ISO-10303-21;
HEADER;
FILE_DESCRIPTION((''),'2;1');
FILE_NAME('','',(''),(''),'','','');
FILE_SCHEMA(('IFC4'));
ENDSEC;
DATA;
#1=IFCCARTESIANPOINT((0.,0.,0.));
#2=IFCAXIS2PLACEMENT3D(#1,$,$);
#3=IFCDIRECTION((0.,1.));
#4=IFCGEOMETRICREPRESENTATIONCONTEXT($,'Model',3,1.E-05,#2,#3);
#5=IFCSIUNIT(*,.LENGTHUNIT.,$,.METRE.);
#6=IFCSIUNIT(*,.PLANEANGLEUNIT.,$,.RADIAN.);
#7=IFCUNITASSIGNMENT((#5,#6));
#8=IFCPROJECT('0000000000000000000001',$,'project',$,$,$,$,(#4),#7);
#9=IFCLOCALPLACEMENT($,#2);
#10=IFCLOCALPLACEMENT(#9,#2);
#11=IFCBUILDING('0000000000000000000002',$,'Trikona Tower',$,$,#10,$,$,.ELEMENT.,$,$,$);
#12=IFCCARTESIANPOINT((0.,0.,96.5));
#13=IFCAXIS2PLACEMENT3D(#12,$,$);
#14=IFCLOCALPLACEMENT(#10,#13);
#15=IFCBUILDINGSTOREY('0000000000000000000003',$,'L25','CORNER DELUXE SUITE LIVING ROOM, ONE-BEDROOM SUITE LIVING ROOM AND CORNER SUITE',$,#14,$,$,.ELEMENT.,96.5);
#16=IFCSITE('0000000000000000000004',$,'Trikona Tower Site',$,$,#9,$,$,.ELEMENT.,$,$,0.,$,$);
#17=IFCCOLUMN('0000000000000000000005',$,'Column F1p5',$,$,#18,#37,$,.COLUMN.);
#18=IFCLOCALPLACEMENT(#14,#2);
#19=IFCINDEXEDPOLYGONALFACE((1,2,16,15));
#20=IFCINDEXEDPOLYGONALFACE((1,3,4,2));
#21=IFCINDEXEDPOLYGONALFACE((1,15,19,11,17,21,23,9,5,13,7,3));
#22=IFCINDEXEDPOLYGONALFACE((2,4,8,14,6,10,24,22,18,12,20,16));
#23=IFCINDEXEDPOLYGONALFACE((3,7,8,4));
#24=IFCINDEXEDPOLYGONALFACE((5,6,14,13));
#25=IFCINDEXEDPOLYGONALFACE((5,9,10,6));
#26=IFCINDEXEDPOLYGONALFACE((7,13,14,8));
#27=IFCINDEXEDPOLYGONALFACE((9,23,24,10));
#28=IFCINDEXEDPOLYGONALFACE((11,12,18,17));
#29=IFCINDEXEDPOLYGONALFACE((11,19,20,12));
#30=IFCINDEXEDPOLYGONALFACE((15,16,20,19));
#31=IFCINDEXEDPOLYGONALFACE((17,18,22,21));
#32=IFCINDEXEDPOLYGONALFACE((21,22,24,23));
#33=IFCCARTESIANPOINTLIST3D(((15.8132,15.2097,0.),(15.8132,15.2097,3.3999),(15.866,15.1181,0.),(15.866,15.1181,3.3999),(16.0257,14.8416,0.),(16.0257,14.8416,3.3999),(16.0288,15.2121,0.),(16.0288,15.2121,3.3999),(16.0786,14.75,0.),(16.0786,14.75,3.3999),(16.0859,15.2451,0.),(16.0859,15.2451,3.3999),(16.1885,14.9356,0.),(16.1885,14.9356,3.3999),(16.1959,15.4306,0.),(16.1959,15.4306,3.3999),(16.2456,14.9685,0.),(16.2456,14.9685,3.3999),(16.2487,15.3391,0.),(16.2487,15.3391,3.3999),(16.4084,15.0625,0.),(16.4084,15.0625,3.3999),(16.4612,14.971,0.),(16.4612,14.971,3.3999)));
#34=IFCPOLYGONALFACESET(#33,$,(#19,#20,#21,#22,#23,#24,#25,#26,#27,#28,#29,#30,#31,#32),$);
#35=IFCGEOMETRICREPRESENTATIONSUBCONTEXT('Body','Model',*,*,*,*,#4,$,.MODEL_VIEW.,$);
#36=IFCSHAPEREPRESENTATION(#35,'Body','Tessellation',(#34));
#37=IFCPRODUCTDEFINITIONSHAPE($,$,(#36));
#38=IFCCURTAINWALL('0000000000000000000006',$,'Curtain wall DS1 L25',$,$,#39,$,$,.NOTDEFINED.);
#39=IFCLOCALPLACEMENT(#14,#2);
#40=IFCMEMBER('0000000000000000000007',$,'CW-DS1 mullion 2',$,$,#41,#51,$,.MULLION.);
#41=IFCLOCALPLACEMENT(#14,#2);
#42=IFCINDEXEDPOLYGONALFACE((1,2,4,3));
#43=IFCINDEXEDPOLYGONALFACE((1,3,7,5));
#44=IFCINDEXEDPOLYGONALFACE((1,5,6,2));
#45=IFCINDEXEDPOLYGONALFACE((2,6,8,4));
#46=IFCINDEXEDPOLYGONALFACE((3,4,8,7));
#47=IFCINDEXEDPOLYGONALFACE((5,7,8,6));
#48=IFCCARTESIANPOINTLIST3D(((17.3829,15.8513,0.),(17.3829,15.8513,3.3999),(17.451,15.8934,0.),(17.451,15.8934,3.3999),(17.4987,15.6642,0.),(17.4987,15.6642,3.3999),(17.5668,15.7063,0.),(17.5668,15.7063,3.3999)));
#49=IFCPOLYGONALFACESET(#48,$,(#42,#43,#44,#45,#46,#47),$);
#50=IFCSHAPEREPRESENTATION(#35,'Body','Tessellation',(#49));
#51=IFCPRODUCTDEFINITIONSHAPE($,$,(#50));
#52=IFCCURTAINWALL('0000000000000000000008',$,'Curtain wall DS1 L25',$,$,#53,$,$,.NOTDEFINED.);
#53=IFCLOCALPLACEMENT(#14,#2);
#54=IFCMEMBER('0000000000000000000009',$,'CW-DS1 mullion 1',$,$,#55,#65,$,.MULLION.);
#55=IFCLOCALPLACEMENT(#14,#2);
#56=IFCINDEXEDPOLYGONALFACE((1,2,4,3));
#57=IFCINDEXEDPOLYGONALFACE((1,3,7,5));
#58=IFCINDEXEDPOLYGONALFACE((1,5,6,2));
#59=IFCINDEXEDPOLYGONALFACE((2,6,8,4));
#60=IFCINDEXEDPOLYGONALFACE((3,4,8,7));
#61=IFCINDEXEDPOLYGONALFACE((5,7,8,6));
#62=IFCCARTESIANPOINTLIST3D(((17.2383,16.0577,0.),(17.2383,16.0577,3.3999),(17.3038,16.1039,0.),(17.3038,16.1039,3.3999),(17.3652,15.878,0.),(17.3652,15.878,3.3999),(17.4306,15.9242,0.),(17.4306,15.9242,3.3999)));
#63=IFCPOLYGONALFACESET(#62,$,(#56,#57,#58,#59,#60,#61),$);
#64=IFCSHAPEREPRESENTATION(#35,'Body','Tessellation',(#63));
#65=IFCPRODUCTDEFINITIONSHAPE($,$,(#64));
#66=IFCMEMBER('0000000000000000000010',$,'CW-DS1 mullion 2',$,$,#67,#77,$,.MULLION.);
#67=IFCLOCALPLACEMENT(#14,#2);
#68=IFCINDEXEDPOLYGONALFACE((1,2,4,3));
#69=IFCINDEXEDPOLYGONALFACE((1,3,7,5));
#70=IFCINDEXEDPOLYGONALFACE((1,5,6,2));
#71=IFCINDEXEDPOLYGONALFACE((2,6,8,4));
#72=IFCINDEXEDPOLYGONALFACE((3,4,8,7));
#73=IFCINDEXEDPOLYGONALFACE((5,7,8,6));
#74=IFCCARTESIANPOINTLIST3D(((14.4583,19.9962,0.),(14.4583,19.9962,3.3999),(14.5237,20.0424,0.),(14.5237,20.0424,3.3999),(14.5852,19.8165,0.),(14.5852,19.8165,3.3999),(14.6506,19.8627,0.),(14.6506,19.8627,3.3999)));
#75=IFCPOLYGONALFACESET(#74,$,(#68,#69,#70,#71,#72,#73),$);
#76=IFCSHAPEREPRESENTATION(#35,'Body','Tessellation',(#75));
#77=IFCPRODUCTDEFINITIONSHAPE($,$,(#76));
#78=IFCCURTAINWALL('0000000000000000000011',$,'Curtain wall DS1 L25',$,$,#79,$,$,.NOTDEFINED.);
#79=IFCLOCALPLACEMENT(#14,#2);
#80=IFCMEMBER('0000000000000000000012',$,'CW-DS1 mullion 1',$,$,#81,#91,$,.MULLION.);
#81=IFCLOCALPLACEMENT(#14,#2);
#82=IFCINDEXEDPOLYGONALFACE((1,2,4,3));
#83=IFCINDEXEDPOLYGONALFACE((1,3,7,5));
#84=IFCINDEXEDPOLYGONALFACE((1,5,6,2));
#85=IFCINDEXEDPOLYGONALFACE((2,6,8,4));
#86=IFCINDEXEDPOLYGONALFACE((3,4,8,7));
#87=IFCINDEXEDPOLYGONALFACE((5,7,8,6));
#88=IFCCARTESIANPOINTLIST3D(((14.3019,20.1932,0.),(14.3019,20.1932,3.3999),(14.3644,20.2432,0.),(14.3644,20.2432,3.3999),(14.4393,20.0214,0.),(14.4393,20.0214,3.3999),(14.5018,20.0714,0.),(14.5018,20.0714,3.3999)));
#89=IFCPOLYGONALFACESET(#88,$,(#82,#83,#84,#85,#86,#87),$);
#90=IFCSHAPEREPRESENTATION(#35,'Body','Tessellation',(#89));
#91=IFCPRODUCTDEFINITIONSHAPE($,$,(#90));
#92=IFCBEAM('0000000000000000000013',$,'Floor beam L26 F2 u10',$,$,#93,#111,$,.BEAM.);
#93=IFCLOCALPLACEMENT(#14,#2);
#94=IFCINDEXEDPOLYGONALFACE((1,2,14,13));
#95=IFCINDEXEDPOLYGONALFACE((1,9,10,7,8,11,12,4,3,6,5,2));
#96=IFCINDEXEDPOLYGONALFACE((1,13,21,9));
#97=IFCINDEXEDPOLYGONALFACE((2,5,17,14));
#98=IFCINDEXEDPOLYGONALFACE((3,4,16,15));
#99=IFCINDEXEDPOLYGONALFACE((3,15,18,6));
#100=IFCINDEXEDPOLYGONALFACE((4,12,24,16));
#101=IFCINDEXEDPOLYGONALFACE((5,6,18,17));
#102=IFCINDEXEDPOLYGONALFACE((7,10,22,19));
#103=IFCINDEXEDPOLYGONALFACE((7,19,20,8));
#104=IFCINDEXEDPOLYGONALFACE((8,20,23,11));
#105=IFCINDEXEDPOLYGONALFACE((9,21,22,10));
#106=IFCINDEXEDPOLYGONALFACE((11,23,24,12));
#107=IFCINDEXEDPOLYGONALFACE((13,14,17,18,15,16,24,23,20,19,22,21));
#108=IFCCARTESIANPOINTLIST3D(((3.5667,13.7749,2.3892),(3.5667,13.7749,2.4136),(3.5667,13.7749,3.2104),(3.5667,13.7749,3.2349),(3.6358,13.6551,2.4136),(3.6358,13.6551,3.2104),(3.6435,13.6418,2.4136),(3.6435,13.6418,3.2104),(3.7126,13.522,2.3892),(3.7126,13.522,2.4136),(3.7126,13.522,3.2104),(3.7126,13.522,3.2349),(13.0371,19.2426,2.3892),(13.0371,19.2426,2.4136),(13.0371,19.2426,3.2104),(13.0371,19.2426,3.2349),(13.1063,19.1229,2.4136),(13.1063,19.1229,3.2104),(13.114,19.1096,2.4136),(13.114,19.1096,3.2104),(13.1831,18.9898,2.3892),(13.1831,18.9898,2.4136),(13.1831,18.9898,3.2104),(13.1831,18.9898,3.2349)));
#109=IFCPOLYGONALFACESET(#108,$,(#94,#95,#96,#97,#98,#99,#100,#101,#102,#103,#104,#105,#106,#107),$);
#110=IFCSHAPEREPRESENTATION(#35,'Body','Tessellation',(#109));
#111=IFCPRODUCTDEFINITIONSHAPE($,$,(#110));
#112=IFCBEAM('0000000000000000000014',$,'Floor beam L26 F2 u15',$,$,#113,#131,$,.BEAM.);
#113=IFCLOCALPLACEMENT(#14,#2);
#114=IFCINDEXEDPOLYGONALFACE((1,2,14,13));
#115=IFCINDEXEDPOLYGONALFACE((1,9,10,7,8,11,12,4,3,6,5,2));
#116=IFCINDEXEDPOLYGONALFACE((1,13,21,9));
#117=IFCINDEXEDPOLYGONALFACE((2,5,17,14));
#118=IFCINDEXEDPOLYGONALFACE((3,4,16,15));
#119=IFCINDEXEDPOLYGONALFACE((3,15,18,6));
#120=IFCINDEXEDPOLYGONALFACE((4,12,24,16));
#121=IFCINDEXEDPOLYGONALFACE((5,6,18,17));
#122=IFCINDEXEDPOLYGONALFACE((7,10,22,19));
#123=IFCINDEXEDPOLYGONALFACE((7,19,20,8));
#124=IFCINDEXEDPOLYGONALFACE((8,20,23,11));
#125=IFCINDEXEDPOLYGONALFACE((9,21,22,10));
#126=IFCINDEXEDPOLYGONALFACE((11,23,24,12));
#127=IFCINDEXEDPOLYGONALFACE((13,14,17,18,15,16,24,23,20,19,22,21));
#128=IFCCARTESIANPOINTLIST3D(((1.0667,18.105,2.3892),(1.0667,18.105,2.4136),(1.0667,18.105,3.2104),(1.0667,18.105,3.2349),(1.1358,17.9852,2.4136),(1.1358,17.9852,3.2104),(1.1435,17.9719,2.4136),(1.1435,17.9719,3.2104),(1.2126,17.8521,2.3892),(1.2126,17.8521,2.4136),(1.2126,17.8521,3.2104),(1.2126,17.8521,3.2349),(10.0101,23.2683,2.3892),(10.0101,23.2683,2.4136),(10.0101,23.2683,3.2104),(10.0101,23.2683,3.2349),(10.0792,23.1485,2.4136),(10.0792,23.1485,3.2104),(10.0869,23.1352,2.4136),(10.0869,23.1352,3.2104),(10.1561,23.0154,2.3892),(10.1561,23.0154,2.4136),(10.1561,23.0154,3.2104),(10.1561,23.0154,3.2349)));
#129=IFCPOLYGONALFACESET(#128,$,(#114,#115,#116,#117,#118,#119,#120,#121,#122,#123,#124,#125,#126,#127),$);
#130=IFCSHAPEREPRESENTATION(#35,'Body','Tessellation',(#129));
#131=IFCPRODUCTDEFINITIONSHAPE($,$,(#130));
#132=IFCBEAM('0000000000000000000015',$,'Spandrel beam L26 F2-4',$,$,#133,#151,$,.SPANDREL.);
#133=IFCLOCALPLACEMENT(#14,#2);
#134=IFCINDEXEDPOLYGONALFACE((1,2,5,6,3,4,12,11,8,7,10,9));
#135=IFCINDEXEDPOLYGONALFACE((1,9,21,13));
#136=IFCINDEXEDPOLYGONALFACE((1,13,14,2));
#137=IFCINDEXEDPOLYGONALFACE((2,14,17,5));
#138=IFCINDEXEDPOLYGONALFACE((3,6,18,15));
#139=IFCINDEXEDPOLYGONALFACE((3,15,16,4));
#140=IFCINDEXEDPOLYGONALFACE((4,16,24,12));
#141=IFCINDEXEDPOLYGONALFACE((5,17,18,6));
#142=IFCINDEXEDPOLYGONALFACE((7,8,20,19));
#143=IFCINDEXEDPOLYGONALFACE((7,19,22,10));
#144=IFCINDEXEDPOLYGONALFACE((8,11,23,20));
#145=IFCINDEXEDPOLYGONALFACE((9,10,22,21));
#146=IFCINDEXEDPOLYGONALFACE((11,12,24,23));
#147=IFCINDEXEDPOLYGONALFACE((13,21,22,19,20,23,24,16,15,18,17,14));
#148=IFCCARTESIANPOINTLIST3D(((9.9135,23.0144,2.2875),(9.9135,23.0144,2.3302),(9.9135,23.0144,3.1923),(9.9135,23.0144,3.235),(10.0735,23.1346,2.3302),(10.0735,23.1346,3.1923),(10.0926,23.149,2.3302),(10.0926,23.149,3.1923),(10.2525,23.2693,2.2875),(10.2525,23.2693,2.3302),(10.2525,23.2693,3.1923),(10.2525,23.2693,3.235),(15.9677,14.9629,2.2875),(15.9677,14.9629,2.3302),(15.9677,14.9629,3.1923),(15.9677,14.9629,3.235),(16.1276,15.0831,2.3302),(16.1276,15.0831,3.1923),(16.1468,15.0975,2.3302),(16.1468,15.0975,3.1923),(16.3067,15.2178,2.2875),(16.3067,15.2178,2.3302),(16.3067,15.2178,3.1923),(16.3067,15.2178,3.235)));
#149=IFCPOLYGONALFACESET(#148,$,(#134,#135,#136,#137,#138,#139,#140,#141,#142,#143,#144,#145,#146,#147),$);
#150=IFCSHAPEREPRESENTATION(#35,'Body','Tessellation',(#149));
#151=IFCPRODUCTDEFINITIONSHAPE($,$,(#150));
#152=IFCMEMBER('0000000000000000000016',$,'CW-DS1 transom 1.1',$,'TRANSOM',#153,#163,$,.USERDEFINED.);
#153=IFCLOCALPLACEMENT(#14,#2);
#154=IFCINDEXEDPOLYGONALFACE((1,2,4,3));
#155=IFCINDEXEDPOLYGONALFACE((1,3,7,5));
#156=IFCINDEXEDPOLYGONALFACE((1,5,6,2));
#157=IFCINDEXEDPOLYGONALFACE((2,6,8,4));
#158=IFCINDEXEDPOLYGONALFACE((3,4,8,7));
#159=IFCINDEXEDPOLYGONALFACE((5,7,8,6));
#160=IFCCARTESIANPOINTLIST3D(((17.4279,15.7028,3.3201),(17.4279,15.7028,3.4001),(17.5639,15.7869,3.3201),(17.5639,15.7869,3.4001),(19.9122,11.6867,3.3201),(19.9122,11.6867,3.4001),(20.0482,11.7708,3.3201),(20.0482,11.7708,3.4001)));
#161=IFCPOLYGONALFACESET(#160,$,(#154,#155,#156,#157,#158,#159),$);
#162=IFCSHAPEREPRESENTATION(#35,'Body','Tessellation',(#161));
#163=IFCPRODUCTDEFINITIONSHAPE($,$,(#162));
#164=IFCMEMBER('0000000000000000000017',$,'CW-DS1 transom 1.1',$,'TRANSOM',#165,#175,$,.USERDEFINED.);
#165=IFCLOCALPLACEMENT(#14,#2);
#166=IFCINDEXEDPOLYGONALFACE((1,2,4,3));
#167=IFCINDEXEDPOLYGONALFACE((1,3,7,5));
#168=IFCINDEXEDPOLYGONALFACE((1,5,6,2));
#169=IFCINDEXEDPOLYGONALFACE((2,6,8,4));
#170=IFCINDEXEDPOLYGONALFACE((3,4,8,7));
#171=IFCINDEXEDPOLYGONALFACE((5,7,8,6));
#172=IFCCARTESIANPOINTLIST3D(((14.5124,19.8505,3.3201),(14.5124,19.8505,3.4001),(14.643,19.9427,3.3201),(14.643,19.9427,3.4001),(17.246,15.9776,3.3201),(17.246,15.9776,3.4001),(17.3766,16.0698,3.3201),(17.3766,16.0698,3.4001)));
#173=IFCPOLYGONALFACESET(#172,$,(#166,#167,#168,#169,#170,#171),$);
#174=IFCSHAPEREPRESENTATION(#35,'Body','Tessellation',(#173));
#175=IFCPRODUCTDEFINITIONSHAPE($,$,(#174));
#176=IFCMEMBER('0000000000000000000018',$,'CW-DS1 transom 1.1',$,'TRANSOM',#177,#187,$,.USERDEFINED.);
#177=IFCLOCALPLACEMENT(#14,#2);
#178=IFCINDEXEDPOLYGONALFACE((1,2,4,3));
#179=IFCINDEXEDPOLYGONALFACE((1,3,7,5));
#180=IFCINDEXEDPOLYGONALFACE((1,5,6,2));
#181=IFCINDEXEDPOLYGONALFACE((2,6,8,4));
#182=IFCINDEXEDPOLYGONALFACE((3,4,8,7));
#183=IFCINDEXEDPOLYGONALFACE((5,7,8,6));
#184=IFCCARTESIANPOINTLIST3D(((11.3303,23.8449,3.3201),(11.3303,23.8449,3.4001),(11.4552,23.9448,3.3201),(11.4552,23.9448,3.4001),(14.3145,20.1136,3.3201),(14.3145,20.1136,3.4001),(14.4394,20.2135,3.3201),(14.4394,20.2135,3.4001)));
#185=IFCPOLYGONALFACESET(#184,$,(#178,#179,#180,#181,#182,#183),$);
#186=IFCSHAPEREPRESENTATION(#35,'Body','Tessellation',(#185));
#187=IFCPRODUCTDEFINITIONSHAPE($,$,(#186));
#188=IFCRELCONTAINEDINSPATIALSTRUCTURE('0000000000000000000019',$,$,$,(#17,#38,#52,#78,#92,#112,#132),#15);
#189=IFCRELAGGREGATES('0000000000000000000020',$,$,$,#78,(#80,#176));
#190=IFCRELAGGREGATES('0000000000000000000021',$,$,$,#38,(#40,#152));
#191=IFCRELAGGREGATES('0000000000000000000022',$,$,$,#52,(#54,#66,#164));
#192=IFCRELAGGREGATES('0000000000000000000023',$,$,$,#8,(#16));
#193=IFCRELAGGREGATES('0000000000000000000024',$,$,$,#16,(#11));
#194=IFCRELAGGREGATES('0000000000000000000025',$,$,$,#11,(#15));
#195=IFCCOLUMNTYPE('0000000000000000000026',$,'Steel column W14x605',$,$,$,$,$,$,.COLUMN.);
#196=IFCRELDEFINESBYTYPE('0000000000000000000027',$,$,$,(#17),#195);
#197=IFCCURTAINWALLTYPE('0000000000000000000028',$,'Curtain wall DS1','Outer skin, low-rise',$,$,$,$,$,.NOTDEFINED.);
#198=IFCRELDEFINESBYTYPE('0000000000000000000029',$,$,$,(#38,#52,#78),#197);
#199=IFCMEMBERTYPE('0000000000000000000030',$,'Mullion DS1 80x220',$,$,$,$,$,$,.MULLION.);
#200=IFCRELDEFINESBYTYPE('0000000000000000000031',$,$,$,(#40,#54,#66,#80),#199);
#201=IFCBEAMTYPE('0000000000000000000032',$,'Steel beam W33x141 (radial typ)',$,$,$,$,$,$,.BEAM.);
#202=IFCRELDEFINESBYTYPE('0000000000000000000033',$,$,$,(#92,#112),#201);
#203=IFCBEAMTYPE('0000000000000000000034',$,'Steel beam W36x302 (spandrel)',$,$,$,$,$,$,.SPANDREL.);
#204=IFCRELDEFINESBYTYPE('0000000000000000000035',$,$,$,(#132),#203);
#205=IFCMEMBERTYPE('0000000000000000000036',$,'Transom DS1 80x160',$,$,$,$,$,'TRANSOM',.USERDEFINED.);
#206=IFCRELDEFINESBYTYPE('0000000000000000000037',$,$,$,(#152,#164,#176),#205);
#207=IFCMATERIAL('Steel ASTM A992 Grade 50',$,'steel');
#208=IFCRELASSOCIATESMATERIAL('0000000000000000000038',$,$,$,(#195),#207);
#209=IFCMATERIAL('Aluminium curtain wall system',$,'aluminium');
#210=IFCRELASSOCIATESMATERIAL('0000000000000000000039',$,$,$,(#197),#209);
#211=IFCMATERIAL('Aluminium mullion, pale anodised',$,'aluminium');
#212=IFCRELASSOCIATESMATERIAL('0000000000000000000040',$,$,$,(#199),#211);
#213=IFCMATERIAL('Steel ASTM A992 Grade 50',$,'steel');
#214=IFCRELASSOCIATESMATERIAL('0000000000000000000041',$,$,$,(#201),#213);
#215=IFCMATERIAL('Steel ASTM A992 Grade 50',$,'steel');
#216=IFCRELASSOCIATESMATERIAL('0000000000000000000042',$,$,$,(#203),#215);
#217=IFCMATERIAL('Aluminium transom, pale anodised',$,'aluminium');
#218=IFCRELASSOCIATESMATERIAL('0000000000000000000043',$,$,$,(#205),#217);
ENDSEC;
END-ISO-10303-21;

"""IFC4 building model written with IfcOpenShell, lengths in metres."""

from ifc_helpers import new_model, si_unit, direction, frame, origin, origin_2d, place, context, subcontext, project, spatial, rectangle, i_section, extrude, material, material_profile, profile_set, type_object, element, aggregate, save


model = new_model("IFC4")

# Units and contexts
model_context = context("Model", 3, precision=1e-05, world=origin(), true_north=direction((0.0, 1.0)))
body_context = subcontext(model_context, "Body", "Model", "MODEL_VIEW")
ifc_project = project(units=[si_unit("LENGTHUNIT", "METRE"), si_unit("PLANEANGLEUNIT", "RADIAN")], contexts=[model_context])

# Site, building, storey
site_placement = place(None, origin())
site = spatial("IfcSite", under=ifc_project, at=site_placement, Name="Trikona Tower Site", CompositionType="ELEMENT", RefElevation=0.0)
building_placement = place(site_placement, origin())
building = spatial("IfcBuilding", under=site, at=building_placement, Name="Trikona Tower", CompositionType="ELEMENT")
storey_placement = place(building_placement, frame((0.0, 0.0, 96.5)))
storey = spatial("IfcBuildingStorey", under=building, at=storey_placement, Name="L25", Description="CORNER DELUXE SUITE LIVING ROOM, ONE-BEDROOM SUITE LIVING ROOM AND CORNER SUITE", CompositionType="ELEMENT", Elevation=96.5)

# Column
ifc_material_1 = material(Name="Steel ASTM A992 Grade 50", Category="steel")
ifc_material_profile_1 = material_profile(ifc_material_1, i_section(OverallWidth=0.4419, OverallDepth=0.5308, WebThickness=0.0659, FlangeThickness=0.1057, at=origin_2d()), Name="W14X605")
ifc_profile_set_1 = profile_set([ifc_material_profile_1], Name="Steel ASTM A992 Grade 50")
column_type = type_object("IfcColumnType", Name="Steel column W14x605", PredefinedType="COLUMN", material=ifc_profile_set_1)
column_placement = place(storey_placement, frame((16.1372, 15.0903, 0.0), z_axis=(0.0, 0.0, 1.0), x_axis=(0.866025, 0.5, 0.0)))
element("IfcColumn", 1, at=column_placement, inside=storey, type_object=column_type, Name="Column F1p5", PredefinedType="COLUMN", context=body_context, shape_type="SweptSolid", body=[
    extrude(i_section(OverallWidth=0.4419, OverallDepth=0.5308, WebThickness=0.0659, FlangeThickness=0.1057, at=origin_2d()), origin(), (0.0, 0.0, 1.0), 3.3999),
])

# Curtain wall, member
ifc_material_2 = material(Name="Aluminium curtain wall system", Category="aluminium")
curtain_wall_type = type_object("IfcCurtainWallType", Name="Curtain wall DS1", Description="Outer skin, low-rise", PredefinedType="NOTDEFINED", material=ifc_material_2)
curtain_wall_1_placement = place(storey_placement, origin())
curtain_wall_1 = element("IfcCurtainWall", 2, at=curtain_wall_1_placement, inside=storey, type_object=curtain_wall_type, Name="Curtain wall DS1 L25", PredefinedType="NOTDEFINED")
ifc_material_3 = material(Name="Aluminium mullion, pale anodised", Category="aluminium")
ifc_material_profile_2 = material_profile(ifc_material_3, rectangle(XDim=0.0801, YDim=0.22, at=origin_2d()), Name="MUL-DS1")
ifc_profile_set_2 = profile_set([ifc_material_profile_2], Name="Aluminium mullion, pale anodised")
member_type_1 = type_object("IfcMemberType", Name="Mullion DS1 80x220", PredefinedType="MULLION", material=ifc_profile_set_2)
member_1_placement = place(storey_placement, frame((17.4749, 15.7788, 0.0), z_axis=(0.0, 0.0, 1.0), x_axis=(-0.85041, -0.52612, 0.0)))
member_1 = element("IfcMember", 3, at=member_1_placement, type_object=member_type_1, Name="CW-DS1 mullion 2", PredefinedType="MULLION", context=body_context, shape_type="SweptSolid", body=[
    extrude(rectangle(XDim=0.0801, YDim=0.22, at=origin_2d()), origin(), (0.0, 0.0, 1.0), 3.3999),
])

# Curtain wall, members
curtain_wall_2_placement = place(storey_placement, origin())
curtain_wall_2 = element("IfcCurtainWall", 4, at=curtain_wall_2_placement, inside=storey, type_object=curtain_wall_type, Name="Curtain wall DS1 L25", PredefinedType="NOTDEFINED")
member_2_placement = place(storey_placement, frame((17.3345, 15.991, 0.0), z_axis=(0.0, 0.0, 1.0), x_axis=(-0.816985, -0.576658, 0.0)))
member_2 = element("IfcMember", 5, at=member_2_placement, type_object=member_type_1, Name="CW-DS1 mullion 1", PredefinedType="MULLION", context=body_context, shape_type="SweptSolid", body=[
    extrude(rectangle(XDim=0.0801, YDim=0.22, at=origin_2d()), origin(), (0.0, 0.0, 1.0), 3.3999),
])
member_3_placement = place(storey_placement, frame((14.5544, 19.9294, 0.0), z_axis=(0.0, 0.0, 1.0), x_axis=(-0.816985, -0.576658, 0.0)))
member_3 = element("IfcMember", 6, at=member_3_placement, type_object=member_type_1, Name="CW-DS1 mullion 2", PredefinedType="MULLION", context=body_context, shape_type="SweptSolid", body=[
    extrude(rectangle(XDim=0.0801, YDim=0.22, at=origin_2d()), origin(), (0.0, 0.0, 1.0), 3.3999),
])

# Curtain wall, member
curtain_wall_3_placement = place(storey_placement, origin())
curtain_wall_3 = element("IfcCurtainWall", 7, at=curtain_wall_3_placement, inside=storey, type_object=curtain_wall_type, Name="Curtain wall DS1 L25", PredefinedType="NOTDEFINED")
member_4_placement = place(storey_placement, frame((14.4019, 20.1323, 0.0), z_axis=(0.0, 0.0, 1.0), x_axis=(-0.780938, -0.624609, 0.0)))
member_4 = element("IfcMember", 8, at=member_4_placement, type_object=member_type_1, Name="CW-DS1 mullion 1", PredefinedType="MULLION", context=body_context, shape_type="SweptSolid", body=[
    extrude(rectangle(XDim=0.0801, YDim=0.22, at=origin_2d()), origin(), (0.0, 0.0, 1.0), 3.3999),
])

# Beams
ifc_material_4 = material(Name="Steel ASTM A992 Grade 50", Category="steel")
ifc_material_profile_3 = material_profile(ifc_material_4, i_section(OverallWidth=0.292, OverallDepth=0.8457, WebThickness=0.0154, FlangeThickness=0.0244, at=origin_2d()), Name="W33X141")
ifc_profile_set_3 = profile_set([ifc_material_profile_3], Name="Steel ASTM A992 Grade 50")
beam_type_1 = type_object("IfcBeamType", Name="Steel beam W33x141 (radial typ)", PredefinedType="BEAM", material=ifc_profile_set_3)
beam_1_placement = place(storey_placement, frame((3.6396, 13.6484, 2.812), z_axis=(0.866025, 0.5, 0.0), x_axis=(-0.5, 0.866025, 0.0)))
element("IfcBeam", 9, at=beam_1_placement, inside=storey, type_object=beam_type_1, Name="Floor beam L26 F2 u10", PredefinedType="BEAM", context=body_context, shape_type="SweptSolid", body=[
    extrude(i_section(OverallWidth=0.292, OverallDepth=0.8457, WebThickness=0.0154, FlangeThickness=0.0244, at=origin_2d()), origin(), (0.0, 0.0, 1.0), 10.9355),
])
beam_2_placement = place(storey_placement, frame((1.1396, 17.9785, 2.812), z_axis=(0.86603, 0.499991, 0.0), x_axis=(-0.499991, 0.86603, 0.0)))
element("IfcBeam", 10, at=beam_2_placement, inside=storey, type_object=beam_type_1, Name="Floor beam L26 F2 u15", PredefinedType="BEAM", context=body_context, shape_type="SweptSolid", body=[
    extrude(i_section(OverallWidth=0.292, OverallDepth=0.8457, WebThickness=0.0154, FlangeThickness=0.0244, at=origin_2d()), origin(), (0.0, 0.0, 1.0), 10.3269),
])
ifc_material_5 = material(Name="Steel ASTM A992 Grade 50", Category="steel")
ifc_material_profile_4 = material_profile(ifc_material_5, i_section(OverallWidth=0.4241, OverallDepth=0.9475, WebThickness=0.0239, FlangeThickness=0.0427, at=origin_2d()), Name="W36X302")
ifc_profile_set_4 = profile_set([ifc_material_profile_4], Name="Steel ASTM A992 Grade 50")
beam_type_2 = type_object("IfcBeamType", Name="Steel beam W36x302 (spandrel)", PredefinedType="SPANDREL", material=ifc_profile_set_4)
beam_3_placement = place(storey_placement, frame((16.1372, 15.0903, 2.7612), z_axis=(-0.600988, 0.799258, 0.0), x_axis=(-0.799258, -0.600988, 0.0)))
element("IfcBeam", 11, at=beam_3_placement, inside=storey, type_object=beam_type_2, Name="Spandrel beam L26 F2-4", PredefinedType="SPANDREL", context=body_context, shape_type="SweptSolid", body=[
    extrude(i_section(OverallWidth=0.4241, OverallDepth=0.9475, WebThickness=0.0239, FlangeThickness=0.0427, at=origin_2d()), origin(), (0.0, 0.0, 1.0), 10.0737),
])

# Members
ifc_material_6 = material(Name="Aluminium transom, pale anodised", Category="aluminium")
ifc_material_profile_5 = material_profile(ifc_material_6, rectangle(XDim=0.1599, YDim=0.0801, at=origin_2d()), Name="TRN-DS1")
ifc_profile_set_5 = profile_set([ifc_material_profile_5], Name="Aluminium transom, pale anodised")
member_type_2 = type_object("IfcMemberType", Name="Transom DS1 80x160", ElementType="TRANSOM", PredefinedType="USERDEFINED", material=ifc_profile_set_5)
member_5_placement = place(storey_placement, frame((19.9802, 11.7288, 3.3601), z_axis=(-0.526081, 0.850435, 0.0), x_axis=(-0.850435, -0.526081, 0.0)))
member_5 = element("IfcMember", 12, at=member_5_placement, type_object=member_type_2, Name="CW-DS1 transom 1.1", ObjectType="TRANSOM", PredefinedType="USERDEFINED", context=body_context, shape_type="SweptSolid", body=[
    extrude(rectangle(XDim=0.1599, YDim=0.0801, at=origin_2d()), origin(), (0.0, 0.0, 1.0), 4.7224),
])
member_6_placement = place(storey_placement, frame((17.3113, 16.0237, 3.3601), z_axis=(-0.576645, 0.816995, 0.0), x_axis=(-0.816995, -0.576645, 0.0)))
member_6 = element("IfcMember", 13, at=member_6_placement, type_object=member_type_2, Name="CW-DS1 transom 1.1", ObjectType="TRANSOM", PredefinedType="USERDEFINED", context=body_context, shape_type="SweptSolid", body=[
    extrude(rectangle(XDim=0.1599, YDim=0.0801, at=origin_2d()), origin(), (0.0, 0.0, 1.0), 4.7405),
])
member_7_placement = place(storey_placement, frame((14.377, 20.1636, 3.3601), z_axis=(-0.624589, 0.780954, 0.0), x_axis=(-0.780954, -0.624589, 0.0)))
member_7 = element("IfcMember", 14, at=member_7_placement, type_object=member_type_2, Name="CW-DS1 transom 1.1", ObjectType="TRANSOM", PredefinedType="USERDEFINED", context=body_context, shape_type="SweptSolid", body=[
    extrude(rectangle(XDim=0.1599, YDim=0.0801, at=origin_2d()), origin(), (0.0, 0.0, 1.0), 4.7778),
])
aggregate(curtain_wall_3, [member_4, member_7])

aggregate(curtain_wall_1, [member_1, member_5])
aggregate(curtain_wall_2, [member_2, member_3, member_6])

save(model, "model.ifc")
